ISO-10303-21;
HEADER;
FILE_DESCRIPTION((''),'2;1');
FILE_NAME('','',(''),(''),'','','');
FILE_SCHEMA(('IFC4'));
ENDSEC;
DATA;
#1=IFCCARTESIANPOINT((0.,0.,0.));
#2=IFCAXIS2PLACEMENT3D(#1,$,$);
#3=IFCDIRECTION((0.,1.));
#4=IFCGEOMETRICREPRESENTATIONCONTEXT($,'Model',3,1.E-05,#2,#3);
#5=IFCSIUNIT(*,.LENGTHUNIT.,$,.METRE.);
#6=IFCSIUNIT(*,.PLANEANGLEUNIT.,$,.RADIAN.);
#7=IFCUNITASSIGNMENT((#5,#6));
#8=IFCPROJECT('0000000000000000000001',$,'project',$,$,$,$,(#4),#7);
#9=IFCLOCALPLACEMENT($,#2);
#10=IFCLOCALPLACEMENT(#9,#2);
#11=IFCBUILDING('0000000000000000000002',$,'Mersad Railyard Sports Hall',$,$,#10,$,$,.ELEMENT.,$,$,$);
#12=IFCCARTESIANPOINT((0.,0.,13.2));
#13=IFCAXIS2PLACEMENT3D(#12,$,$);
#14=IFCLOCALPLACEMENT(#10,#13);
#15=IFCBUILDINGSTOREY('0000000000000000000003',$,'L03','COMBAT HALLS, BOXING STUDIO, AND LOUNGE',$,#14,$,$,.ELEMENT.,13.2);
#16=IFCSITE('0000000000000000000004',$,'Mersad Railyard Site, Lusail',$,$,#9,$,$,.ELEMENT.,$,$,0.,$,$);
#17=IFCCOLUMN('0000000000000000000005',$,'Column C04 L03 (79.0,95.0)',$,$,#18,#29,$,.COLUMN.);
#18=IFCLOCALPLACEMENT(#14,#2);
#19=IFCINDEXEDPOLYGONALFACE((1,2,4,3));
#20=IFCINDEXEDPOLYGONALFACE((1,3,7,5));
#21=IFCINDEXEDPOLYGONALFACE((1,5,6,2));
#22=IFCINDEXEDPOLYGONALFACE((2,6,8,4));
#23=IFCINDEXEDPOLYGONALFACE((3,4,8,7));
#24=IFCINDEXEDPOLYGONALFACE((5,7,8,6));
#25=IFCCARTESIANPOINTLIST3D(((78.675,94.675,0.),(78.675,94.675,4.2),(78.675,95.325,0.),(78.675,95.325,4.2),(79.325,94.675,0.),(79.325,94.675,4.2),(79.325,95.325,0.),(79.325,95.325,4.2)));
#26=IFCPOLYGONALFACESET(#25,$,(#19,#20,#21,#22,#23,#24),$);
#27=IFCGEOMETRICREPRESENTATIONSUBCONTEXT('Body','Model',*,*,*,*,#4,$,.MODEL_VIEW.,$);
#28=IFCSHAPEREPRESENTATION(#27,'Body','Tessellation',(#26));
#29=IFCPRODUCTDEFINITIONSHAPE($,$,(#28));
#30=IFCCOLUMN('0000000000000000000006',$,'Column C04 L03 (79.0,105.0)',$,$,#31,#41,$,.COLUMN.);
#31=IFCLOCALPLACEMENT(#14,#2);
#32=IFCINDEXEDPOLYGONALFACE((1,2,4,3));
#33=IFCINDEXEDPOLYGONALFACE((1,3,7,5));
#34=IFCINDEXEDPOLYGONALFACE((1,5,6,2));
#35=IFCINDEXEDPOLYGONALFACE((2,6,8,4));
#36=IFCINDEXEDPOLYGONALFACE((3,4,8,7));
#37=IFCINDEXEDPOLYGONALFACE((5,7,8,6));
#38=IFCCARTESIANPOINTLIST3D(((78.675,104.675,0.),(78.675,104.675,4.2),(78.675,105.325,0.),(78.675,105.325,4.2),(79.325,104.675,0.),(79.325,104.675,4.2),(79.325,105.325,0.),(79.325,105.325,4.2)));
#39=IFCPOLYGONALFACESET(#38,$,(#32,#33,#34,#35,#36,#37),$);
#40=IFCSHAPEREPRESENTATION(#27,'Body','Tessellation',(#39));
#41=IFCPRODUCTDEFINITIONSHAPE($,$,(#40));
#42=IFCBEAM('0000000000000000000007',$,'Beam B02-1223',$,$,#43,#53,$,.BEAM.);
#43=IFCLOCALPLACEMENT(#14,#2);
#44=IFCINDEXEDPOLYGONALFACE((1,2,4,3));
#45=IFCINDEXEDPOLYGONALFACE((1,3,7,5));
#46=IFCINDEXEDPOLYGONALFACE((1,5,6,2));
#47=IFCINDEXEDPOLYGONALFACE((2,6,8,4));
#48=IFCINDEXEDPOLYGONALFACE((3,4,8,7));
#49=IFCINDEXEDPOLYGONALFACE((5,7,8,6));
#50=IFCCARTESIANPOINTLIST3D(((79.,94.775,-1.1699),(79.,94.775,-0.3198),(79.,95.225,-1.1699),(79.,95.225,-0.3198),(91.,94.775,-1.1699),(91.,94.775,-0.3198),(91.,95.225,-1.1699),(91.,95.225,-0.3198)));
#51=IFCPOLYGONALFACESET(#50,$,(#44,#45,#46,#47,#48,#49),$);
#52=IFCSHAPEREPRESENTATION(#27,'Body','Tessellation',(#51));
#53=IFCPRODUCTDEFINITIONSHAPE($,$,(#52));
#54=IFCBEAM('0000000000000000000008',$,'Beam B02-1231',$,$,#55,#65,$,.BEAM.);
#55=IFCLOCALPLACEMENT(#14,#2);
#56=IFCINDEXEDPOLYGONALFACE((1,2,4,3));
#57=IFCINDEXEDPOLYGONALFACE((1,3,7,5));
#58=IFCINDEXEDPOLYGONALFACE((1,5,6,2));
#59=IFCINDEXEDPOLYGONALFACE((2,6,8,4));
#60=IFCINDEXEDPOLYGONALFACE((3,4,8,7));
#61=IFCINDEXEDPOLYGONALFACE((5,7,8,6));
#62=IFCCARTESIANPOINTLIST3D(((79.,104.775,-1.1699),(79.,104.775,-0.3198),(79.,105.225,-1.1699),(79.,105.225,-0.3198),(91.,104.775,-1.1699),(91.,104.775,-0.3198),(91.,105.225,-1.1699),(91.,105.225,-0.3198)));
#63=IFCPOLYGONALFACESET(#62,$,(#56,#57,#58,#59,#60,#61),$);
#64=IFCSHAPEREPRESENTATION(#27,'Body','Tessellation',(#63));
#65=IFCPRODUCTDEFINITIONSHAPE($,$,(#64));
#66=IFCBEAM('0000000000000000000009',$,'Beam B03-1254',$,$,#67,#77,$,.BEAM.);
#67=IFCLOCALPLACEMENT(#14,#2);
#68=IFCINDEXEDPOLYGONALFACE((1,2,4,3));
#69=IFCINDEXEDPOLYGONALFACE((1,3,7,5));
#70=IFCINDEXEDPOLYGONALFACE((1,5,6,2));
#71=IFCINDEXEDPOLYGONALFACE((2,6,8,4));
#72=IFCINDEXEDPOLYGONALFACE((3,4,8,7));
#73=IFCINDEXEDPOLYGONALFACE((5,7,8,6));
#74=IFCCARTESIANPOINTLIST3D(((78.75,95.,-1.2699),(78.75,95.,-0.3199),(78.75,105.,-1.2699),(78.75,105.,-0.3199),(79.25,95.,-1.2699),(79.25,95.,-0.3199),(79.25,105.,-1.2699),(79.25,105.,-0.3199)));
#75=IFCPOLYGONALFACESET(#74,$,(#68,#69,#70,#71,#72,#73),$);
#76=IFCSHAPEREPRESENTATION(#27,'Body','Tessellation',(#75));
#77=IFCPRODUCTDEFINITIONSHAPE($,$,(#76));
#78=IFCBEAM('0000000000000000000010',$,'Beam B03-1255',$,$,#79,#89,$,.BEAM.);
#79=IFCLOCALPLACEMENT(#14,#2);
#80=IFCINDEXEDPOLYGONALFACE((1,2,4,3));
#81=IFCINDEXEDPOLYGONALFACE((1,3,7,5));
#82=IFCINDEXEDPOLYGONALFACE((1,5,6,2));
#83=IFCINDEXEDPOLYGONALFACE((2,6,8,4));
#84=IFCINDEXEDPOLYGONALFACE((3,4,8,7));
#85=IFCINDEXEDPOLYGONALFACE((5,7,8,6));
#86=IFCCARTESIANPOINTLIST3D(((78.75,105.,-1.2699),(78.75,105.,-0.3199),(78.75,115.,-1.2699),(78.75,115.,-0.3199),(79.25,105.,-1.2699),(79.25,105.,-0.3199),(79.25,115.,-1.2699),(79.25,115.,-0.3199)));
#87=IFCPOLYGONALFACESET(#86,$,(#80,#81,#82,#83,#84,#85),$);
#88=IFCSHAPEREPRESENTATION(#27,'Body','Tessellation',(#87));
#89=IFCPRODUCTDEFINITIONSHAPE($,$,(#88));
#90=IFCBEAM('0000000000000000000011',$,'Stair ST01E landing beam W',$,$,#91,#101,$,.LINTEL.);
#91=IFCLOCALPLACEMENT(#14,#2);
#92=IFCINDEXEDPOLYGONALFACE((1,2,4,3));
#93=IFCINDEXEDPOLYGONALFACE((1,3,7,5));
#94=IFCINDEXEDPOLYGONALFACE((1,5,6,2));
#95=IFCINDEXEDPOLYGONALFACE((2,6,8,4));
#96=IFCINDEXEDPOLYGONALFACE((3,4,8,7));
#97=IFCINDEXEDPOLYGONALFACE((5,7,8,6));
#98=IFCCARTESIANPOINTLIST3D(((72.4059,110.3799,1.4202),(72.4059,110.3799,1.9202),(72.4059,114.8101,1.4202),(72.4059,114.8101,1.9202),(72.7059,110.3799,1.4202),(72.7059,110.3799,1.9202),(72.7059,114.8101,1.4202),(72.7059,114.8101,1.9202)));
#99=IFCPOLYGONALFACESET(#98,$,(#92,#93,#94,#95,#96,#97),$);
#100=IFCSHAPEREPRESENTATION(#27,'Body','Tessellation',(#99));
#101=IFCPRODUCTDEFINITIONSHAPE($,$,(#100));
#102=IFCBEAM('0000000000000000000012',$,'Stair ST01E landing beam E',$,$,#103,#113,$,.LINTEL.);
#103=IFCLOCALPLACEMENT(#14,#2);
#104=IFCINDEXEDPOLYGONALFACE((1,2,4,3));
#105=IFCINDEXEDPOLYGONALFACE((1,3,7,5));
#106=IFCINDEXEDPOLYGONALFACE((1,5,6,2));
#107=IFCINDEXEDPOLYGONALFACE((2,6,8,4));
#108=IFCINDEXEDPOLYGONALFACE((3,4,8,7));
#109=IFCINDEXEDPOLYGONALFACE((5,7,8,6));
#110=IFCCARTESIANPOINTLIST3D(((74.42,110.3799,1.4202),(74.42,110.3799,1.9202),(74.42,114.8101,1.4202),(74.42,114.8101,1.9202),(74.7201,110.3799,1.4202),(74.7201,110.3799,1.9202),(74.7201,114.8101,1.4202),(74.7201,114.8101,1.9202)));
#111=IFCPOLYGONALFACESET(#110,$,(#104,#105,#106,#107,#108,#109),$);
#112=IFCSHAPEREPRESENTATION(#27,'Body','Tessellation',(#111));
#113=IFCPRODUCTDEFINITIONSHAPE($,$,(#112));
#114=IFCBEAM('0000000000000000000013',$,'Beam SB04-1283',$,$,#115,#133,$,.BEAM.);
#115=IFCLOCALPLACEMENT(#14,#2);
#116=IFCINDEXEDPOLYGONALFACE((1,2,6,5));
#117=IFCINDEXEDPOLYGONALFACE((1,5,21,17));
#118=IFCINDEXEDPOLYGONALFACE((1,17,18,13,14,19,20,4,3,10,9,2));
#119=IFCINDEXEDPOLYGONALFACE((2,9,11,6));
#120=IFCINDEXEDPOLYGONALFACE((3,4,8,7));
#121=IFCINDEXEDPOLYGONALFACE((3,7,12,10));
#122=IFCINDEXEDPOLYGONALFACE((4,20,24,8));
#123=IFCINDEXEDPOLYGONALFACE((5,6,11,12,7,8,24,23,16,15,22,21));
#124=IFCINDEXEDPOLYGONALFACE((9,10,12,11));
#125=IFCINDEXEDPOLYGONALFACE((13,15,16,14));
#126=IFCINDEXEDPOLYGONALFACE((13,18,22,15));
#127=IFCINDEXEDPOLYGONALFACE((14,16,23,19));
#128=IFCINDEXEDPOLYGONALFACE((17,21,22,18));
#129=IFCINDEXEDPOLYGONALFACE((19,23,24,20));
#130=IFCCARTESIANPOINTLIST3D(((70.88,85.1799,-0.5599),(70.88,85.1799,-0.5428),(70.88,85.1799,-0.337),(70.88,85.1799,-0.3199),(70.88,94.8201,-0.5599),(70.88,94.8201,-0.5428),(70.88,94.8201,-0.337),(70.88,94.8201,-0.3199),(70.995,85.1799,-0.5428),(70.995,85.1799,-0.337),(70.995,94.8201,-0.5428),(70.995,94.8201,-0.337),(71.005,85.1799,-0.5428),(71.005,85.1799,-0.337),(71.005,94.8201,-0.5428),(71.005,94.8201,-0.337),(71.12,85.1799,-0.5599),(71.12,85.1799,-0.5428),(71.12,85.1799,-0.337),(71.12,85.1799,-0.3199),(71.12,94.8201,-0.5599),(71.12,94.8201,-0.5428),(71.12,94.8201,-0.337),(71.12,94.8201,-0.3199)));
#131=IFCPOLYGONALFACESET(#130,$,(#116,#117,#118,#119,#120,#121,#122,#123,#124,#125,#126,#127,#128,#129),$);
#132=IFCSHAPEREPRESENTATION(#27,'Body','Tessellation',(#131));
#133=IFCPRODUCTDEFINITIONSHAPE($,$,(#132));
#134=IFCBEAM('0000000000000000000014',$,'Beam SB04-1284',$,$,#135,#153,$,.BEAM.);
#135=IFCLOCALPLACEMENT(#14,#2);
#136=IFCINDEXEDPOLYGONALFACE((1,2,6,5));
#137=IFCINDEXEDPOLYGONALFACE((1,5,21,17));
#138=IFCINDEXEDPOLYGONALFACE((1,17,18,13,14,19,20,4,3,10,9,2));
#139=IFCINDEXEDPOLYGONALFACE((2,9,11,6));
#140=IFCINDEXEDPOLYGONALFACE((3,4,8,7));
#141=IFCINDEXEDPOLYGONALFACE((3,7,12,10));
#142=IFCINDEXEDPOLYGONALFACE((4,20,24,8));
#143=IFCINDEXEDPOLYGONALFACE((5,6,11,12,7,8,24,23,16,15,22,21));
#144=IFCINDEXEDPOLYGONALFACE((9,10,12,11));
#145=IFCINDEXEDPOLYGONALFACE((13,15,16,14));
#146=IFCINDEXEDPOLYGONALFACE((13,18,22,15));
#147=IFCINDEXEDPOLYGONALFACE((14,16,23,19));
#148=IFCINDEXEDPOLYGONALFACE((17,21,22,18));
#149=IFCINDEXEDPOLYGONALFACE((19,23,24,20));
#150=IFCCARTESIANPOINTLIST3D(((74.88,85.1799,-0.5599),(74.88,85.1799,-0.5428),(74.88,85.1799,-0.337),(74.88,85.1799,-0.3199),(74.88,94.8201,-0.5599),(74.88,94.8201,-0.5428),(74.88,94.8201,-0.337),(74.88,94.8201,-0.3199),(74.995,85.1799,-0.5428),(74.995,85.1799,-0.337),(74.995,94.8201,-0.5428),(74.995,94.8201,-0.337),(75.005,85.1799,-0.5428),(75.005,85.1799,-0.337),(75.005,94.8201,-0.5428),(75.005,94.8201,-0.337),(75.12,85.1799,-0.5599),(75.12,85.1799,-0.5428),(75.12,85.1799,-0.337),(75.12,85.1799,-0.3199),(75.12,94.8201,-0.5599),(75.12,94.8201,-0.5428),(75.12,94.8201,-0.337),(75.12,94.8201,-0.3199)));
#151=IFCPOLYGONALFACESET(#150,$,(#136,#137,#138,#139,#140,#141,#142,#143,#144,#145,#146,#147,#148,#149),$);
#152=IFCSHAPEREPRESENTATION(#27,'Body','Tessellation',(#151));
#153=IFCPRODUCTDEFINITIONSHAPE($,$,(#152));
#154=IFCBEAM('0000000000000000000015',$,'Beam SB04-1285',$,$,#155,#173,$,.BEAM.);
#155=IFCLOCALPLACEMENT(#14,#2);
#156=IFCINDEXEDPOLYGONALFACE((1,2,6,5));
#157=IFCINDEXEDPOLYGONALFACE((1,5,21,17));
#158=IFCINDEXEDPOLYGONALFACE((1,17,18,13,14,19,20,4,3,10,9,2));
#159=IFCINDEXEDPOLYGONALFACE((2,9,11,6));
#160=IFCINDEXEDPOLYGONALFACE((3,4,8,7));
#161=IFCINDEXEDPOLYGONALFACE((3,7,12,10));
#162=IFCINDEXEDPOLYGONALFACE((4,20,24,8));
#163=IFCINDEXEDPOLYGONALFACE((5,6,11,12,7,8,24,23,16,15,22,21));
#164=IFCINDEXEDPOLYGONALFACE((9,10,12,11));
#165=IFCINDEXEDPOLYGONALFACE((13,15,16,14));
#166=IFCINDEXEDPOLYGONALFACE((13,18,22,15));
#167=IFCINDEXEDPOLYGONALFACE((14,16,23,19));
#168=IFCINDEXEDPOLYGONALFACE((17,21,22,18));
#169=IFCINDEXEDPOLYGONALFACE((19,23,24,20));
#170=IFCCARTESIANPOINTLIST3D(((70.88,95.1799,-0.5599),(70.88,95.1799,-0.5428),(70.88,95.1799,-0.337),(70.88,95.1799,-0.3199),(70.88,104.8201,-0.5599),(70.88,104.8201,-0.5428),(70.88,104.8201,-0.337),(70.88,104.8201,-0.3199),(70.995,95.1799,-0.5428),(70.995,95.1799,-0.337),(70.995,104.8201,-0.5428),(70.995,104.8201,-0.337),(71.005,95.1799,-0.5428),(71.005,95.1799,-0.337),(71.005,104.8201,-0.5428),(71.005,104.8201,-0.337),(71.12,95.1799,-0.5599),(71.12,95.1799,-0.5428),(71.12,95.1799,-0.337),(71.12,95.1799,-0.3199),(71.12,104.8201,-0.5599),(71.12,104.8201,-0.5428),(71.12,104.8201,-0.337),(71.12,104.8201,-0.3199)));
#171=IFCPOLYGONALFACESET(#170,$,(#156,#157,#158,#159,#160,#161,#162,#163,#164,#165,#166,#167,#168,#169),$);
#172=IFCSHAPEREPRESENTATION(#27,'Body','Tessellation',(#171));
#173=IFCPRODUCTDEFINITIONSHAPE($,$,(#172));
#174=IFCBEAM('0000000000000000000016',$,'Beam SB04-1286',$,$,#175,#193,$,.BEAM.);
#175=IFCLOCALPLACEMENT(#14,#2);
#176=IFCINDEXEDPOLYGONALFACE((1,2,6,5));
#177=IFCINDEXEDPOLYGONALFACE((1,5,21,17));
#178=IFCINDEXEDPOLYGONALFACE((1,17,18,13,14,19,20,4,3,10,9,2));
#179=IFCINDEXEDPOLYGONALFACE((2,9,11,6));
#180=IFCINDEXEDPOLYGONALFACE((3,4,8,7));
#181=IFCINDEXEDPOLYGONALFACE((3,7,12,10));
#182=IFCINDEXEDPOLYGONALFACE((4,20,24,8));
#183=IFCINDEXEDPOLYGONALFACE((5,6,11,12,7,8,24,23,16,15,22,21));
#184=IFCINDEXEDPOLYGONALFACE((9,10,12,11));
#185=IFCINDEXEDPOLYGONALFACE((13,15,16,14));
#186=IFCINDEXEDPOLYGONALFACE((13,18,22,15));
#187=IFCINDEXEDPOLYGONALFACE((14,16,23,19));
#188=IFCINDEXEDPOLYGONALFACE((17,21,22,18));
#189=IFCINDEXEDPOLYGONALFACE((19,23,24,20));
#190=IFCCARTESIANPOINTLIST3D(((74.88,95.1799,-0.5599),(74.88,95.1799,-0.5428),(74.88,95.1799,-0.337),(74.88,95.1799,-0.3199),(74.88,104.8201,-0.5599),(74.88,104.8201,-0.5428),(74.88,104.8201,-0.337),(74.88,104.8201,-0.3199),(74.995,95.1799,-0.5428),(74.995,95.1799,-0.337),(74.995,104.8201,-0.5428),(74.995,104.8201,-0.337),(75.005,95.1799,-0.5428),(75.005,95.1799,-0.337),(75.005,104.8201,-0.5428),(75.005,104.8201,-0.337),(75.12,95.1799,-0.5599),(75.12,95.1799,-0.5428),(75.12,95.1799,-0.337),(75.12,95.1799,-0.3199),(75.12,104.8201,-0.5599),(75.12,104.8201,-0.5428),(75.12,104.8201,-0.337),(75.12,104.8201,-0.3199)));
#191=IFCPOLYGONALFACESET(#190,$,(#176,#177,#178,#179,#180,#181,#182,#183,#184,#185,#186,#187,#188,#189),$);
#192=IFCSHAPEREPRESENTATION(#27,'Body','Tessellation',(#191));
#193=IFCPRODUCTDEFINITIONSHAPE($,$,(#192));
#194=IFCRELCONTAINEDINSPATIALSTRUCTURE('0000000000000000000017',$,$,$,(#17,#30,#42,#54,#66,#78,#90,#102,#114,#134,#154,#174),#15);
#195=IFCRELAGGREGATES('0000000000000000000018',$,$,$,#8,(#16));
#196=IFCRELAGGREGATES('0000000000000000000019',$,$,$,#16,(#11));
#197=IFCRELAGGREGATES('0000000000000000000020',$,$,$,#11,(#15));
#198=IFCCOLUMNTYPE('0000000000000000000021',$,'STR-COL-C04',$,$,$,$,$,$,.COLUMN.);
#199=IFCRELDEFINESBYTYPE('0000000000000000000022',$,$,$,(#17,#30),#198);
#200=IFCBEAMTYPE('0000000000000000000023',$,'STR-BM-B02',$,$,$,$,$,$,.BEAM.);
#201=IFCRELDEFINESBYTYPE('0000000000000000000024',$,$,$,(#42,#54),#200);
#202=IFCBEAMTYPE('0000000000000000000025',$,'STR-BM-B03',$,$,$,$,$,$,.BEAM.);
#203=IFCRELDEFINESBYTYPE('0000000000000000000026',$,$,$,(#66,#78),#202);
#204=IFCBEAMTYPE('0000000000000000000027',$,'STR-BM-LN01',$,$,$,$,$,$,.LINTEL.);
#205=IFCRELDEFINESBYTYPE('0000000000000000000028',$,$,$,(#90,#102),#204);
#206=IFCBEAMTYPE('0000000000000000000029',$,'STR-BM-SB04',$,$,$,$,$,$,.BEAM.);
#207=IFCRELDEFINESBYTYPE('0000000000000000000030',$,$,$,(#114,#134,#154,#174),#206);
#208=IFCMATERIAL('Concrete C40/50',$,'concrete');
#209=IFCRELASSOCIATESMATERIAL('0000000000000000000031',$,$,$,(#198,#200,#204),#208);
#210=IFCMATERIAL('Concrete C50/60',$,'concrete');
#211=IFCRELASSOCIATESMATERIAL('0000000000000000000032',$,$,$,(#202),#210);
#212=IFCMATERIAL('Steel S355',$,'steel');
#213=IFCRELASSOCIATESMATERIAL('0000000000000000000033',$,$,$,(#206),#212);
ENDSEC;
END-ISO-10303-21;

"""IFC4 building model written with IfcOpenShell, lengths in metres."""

from ifc_helpers import new_model, si_unit, direction, frame, origin, origin_2d, place, context, subcontext, project, spatial, rectangle, i_section, extrude, material, material_profile, profile_set, type_object, element, save


model = new_model("IFC4")

# Units and contexts
model_context = context("Model", 3, precision=1e-05, world=origin(), true_north=direction((0.0, 1.0)))
body_context = subcontext(model_context, "Body", "Model", "MODEL_VIEW")
ifc_project = project(units=[si_unit("LENGTHUNIT", "METRE"), si_unit("PLANEANGLEUNIT", "RADIAN")], contexts=[model_context])

# Site, building, storey
site_placement = place(None, origin())
site = spatial("IfcSite", under=ifc_project, at=site_placement, Name="Mersad Railyard Site, Lusail", CompositionType="ELEMENT", RefElevation=0.0)
building_placement = place(site_placement, origin())
building = spatial("IfcBuilding", under=site, at=building_placement, Name="Mersad Railyard Sports Hall", CompositionType="ELEMENT")
storey_placement = place(building_placement, frame((0.0, 0.0, 13.2)))
storey = spatial("IfcBuildingStorey", under=building, at=storey_placement, Name="L03", Description="COMBAT HALLS, BOXING STUDIO, AND LOUNGE", CompositionType="ELEMENT", Elevation=13.2)

# Columns
ifc_material_1 = material(Name="Concrete C40/50", Category="concrete")
ifc_material_profile_1 = material_profile(ifc_material_1, rectangle(XDim=0.6499, YDim=0.6499, at=origin_2d()), Name="RC 650x650")
ifc_profile_set_1 = profile_set([ifc_material_profile_1], Name="Concrete C40/50")
column_type = type_object("IfcColumnType", Name="STR-COL-C04", PredefinedType="COLUMN", material=ifc_profile_set_1)
for number, where, z_axis, x_axis, name in (
    (1, (79.0, 95.0, 0.0), (0.0, 0.0, 1.0), (1.0, 0.0, 0.0), "Column C04 L03 (79.0,95.0)"),
    (2, (79.0, 105.0, 0.0), (0.0, 0.0, 1.0), (1.0, 0.0, 0.0), "Column C04 L03 (79.0,105.0)"),
):
    element("IfcColumn", number, at=place(storey_placement, frame(where, z_axis=z_axis, x_axis=x_axis)), inside=storey, type_object=column_type, Name=name, PredefinedType="COLUMN", context=body_context, shape_type="SweptSolid", body=[
        extrude(rectangle(XDim=0.6499, YDim=0.6499, at=origin_2d()), origin(), (0.0, 0.0, 1.0), 4.2),
    ])

# Beams
ifc_material_profile_2 = material_profile(ifc_material_1, rectangle(XDim=0.45, YDim=0.8501, at=origin_2d()), Name="RC 450x850")
ifc_profile_set_2 = profile_set([ifc_material_profile_2], Name="Concrete C40/50")
beam_type_1 = type_object("IfcBeamType", Name="STR-BM-B02", PredefinedType="BEAM", material=ifc_profile_set_2)
for number, where, z_axis, x_axis, name in (
    (3, (79.0, 95.0, -0.7449), (1.0, 0.0, 0.0), (0.0, 1.0, 0.0), "Beam B02-1223"),
    (4, (79.0, 105.0, -0.7449), (1.0, 0.0, 0.0), (0.0, 1.0, 0.0), "Beam B02-1231"),
):
    element("IfcBeam", number, at=place(storey_placement, frame(where, z_axis=z_axis, x_axis=x_axis)), inside=storey, type_object=beam_type_1, Name=name, PredefinedType="BEAM", context=body_context, shape_type="SweptSolid", body=[
        extrude(rectangle(XDim=0.45, YDim=0.8501, at=origin_2d()), origin(), (0.0, 0.0, 1.0), 12.0),
    ])
ifc_material_2 = material(Name="Concrete C50/60", Category="concrete")
ifc_material_profile_3 = material_profile(ifc_material_2, rectangle(XDim=0.5, YDim=0.95, at=origin_2d()), Name="RC 500x950")
ifc_profile_set_3 = profile_set([ifc_material_profile_3], Name="Concrete C50/60")
beam_type_2 = type_object("IfcBeamType", Name="STR-BM-B03", PredefinedType="BEAM", material=ifc_profile_set_3)
for number, where, z_axis, x_axis, name in (
    (5, (79.0, 95.0, -0.7949), (0.0, 1.0, 0.0), (-1.0, 0.0, 0.0), "Beam B03-1254"),
    (6, (79.0, 105.0, -0.7949), (0.0, 1.0, 0.0), (-1.0, 0.0, 0.0), "Beam B03-1255"),
):
    element("IfcBeam", number, at=place(storey_placement, frame(where, z_axis=z_axis, x_axis=x_axis)), inside=storey, type_object=beam_type_2, Name=name, PredefinedType="BEAM", context=body_context, shape_type="SweptSolid", body=[
        extrude(rectangle(XDim=0.5, YDim=0.95, at=origin_2d()), origin(), (0.0, 0.0, 1.0), 10.0),
    ])
ifc_material_profile_4 = material_profile(ifc_material_1, rectangle(XDim=0.3, YDim=0.5, at=origin_2d()), Name="RC 300x500")
ifc_profile_set_4 = profile_set([ifc_material_profile_4], Name="Concrete C40/50")
beam_type_3 = type_object("IfcBeamType", Name="STR-BM-LN01", PredefinedType="LINTEL", material=ifc_profile_set_4)
for number, where, z_axis, x_axis, name in (
    (7, (72.5559, 110.3799, 1.6702), (0.0, 1.0, 0.0), (-1.0, 0.0, 0.0), "Stair ST01E landing beam W"),
    (8, (74.5701, 110.3799, 1.6702), (0.0, 1.0, 0.0), (-1.0, 0.0, 0.0), "Stair ST01E landing beam E"),
):
    element("IfcBeam", number, at=place(storey_placement, frame(where, z_axis=z_axis, x_axis=x_axis)), inside=storey, type_object=beam_type_3, Name=name, PredefinedType="LINTEL", context=body_context, shape_type="SweptSolid", body=[
        extrude(rectangle(XDim=0.3, YDim=0.5, at=origin_2d()), origin(), (0.0, 0.0, 1.0), 4.4302),
    ])
ifc_material_3 = material(Name="Steel S355", Category="steel")
ifc_material_profile_5 = material_profile(ifc_material_3, i_section(OverallWidth=0.24, OverallDepth=0.24, WebThickness=0.01, FlangeThickness=0.0171, at=origin_2d()), Name="HEB 240")
ifc_profile_set_5 = profile_set([ifc_material_profile_5], Name="Steel S355")
beam_type_4 = type_object("IfcBeamType", Name="STR-BM-SB04", PredefinedType="BEAM", material=ifc_profile_set_5)
for number, where, z_axis, x_axis, name in (
    (9, (71.0, 85.1799, -0.4399), (0.0, 1.0, 0.0), (-1.0, 0.0, 0.0), "Beam SB04-1283"),
    (10, (75.0, 85.1799, -0.4399), (0.0, 1.0, 0.0), (-1.0, 0.0, 0.0), "Beam SB04-1284"),
    (11, (71.0, 95.1799, -0.4399), (0.0, 1.0, 0.0), (-1.0, 0.0, 0.0), "Beam SB04-1285"),
    (12, (75.0, 95.1799, -0.4399), (0.0, 1.0, 0.0), (-1.0, 0.0, 0.0), "Beam SB04-1286"),
):
    element("IfcBeam", number, at=place(storey_placement, frame(where, z_axis=z_axis, x_axis=x_axis)), inside=storey, type_object=beam_type_4, Name=name, PredefinedType="BEAM", context=body_context, shape_type="SweptSolid", body=[
        extrude(i_section(OverallWidth=0.24, OverallDepth=0.24, WebThickness=0.01, FlangeThickness=0.0171, at=origin_2d()), origin(), (0.0, 0.0, 1.0), 9.6401),
    ])

save(model, "model.ifc")
